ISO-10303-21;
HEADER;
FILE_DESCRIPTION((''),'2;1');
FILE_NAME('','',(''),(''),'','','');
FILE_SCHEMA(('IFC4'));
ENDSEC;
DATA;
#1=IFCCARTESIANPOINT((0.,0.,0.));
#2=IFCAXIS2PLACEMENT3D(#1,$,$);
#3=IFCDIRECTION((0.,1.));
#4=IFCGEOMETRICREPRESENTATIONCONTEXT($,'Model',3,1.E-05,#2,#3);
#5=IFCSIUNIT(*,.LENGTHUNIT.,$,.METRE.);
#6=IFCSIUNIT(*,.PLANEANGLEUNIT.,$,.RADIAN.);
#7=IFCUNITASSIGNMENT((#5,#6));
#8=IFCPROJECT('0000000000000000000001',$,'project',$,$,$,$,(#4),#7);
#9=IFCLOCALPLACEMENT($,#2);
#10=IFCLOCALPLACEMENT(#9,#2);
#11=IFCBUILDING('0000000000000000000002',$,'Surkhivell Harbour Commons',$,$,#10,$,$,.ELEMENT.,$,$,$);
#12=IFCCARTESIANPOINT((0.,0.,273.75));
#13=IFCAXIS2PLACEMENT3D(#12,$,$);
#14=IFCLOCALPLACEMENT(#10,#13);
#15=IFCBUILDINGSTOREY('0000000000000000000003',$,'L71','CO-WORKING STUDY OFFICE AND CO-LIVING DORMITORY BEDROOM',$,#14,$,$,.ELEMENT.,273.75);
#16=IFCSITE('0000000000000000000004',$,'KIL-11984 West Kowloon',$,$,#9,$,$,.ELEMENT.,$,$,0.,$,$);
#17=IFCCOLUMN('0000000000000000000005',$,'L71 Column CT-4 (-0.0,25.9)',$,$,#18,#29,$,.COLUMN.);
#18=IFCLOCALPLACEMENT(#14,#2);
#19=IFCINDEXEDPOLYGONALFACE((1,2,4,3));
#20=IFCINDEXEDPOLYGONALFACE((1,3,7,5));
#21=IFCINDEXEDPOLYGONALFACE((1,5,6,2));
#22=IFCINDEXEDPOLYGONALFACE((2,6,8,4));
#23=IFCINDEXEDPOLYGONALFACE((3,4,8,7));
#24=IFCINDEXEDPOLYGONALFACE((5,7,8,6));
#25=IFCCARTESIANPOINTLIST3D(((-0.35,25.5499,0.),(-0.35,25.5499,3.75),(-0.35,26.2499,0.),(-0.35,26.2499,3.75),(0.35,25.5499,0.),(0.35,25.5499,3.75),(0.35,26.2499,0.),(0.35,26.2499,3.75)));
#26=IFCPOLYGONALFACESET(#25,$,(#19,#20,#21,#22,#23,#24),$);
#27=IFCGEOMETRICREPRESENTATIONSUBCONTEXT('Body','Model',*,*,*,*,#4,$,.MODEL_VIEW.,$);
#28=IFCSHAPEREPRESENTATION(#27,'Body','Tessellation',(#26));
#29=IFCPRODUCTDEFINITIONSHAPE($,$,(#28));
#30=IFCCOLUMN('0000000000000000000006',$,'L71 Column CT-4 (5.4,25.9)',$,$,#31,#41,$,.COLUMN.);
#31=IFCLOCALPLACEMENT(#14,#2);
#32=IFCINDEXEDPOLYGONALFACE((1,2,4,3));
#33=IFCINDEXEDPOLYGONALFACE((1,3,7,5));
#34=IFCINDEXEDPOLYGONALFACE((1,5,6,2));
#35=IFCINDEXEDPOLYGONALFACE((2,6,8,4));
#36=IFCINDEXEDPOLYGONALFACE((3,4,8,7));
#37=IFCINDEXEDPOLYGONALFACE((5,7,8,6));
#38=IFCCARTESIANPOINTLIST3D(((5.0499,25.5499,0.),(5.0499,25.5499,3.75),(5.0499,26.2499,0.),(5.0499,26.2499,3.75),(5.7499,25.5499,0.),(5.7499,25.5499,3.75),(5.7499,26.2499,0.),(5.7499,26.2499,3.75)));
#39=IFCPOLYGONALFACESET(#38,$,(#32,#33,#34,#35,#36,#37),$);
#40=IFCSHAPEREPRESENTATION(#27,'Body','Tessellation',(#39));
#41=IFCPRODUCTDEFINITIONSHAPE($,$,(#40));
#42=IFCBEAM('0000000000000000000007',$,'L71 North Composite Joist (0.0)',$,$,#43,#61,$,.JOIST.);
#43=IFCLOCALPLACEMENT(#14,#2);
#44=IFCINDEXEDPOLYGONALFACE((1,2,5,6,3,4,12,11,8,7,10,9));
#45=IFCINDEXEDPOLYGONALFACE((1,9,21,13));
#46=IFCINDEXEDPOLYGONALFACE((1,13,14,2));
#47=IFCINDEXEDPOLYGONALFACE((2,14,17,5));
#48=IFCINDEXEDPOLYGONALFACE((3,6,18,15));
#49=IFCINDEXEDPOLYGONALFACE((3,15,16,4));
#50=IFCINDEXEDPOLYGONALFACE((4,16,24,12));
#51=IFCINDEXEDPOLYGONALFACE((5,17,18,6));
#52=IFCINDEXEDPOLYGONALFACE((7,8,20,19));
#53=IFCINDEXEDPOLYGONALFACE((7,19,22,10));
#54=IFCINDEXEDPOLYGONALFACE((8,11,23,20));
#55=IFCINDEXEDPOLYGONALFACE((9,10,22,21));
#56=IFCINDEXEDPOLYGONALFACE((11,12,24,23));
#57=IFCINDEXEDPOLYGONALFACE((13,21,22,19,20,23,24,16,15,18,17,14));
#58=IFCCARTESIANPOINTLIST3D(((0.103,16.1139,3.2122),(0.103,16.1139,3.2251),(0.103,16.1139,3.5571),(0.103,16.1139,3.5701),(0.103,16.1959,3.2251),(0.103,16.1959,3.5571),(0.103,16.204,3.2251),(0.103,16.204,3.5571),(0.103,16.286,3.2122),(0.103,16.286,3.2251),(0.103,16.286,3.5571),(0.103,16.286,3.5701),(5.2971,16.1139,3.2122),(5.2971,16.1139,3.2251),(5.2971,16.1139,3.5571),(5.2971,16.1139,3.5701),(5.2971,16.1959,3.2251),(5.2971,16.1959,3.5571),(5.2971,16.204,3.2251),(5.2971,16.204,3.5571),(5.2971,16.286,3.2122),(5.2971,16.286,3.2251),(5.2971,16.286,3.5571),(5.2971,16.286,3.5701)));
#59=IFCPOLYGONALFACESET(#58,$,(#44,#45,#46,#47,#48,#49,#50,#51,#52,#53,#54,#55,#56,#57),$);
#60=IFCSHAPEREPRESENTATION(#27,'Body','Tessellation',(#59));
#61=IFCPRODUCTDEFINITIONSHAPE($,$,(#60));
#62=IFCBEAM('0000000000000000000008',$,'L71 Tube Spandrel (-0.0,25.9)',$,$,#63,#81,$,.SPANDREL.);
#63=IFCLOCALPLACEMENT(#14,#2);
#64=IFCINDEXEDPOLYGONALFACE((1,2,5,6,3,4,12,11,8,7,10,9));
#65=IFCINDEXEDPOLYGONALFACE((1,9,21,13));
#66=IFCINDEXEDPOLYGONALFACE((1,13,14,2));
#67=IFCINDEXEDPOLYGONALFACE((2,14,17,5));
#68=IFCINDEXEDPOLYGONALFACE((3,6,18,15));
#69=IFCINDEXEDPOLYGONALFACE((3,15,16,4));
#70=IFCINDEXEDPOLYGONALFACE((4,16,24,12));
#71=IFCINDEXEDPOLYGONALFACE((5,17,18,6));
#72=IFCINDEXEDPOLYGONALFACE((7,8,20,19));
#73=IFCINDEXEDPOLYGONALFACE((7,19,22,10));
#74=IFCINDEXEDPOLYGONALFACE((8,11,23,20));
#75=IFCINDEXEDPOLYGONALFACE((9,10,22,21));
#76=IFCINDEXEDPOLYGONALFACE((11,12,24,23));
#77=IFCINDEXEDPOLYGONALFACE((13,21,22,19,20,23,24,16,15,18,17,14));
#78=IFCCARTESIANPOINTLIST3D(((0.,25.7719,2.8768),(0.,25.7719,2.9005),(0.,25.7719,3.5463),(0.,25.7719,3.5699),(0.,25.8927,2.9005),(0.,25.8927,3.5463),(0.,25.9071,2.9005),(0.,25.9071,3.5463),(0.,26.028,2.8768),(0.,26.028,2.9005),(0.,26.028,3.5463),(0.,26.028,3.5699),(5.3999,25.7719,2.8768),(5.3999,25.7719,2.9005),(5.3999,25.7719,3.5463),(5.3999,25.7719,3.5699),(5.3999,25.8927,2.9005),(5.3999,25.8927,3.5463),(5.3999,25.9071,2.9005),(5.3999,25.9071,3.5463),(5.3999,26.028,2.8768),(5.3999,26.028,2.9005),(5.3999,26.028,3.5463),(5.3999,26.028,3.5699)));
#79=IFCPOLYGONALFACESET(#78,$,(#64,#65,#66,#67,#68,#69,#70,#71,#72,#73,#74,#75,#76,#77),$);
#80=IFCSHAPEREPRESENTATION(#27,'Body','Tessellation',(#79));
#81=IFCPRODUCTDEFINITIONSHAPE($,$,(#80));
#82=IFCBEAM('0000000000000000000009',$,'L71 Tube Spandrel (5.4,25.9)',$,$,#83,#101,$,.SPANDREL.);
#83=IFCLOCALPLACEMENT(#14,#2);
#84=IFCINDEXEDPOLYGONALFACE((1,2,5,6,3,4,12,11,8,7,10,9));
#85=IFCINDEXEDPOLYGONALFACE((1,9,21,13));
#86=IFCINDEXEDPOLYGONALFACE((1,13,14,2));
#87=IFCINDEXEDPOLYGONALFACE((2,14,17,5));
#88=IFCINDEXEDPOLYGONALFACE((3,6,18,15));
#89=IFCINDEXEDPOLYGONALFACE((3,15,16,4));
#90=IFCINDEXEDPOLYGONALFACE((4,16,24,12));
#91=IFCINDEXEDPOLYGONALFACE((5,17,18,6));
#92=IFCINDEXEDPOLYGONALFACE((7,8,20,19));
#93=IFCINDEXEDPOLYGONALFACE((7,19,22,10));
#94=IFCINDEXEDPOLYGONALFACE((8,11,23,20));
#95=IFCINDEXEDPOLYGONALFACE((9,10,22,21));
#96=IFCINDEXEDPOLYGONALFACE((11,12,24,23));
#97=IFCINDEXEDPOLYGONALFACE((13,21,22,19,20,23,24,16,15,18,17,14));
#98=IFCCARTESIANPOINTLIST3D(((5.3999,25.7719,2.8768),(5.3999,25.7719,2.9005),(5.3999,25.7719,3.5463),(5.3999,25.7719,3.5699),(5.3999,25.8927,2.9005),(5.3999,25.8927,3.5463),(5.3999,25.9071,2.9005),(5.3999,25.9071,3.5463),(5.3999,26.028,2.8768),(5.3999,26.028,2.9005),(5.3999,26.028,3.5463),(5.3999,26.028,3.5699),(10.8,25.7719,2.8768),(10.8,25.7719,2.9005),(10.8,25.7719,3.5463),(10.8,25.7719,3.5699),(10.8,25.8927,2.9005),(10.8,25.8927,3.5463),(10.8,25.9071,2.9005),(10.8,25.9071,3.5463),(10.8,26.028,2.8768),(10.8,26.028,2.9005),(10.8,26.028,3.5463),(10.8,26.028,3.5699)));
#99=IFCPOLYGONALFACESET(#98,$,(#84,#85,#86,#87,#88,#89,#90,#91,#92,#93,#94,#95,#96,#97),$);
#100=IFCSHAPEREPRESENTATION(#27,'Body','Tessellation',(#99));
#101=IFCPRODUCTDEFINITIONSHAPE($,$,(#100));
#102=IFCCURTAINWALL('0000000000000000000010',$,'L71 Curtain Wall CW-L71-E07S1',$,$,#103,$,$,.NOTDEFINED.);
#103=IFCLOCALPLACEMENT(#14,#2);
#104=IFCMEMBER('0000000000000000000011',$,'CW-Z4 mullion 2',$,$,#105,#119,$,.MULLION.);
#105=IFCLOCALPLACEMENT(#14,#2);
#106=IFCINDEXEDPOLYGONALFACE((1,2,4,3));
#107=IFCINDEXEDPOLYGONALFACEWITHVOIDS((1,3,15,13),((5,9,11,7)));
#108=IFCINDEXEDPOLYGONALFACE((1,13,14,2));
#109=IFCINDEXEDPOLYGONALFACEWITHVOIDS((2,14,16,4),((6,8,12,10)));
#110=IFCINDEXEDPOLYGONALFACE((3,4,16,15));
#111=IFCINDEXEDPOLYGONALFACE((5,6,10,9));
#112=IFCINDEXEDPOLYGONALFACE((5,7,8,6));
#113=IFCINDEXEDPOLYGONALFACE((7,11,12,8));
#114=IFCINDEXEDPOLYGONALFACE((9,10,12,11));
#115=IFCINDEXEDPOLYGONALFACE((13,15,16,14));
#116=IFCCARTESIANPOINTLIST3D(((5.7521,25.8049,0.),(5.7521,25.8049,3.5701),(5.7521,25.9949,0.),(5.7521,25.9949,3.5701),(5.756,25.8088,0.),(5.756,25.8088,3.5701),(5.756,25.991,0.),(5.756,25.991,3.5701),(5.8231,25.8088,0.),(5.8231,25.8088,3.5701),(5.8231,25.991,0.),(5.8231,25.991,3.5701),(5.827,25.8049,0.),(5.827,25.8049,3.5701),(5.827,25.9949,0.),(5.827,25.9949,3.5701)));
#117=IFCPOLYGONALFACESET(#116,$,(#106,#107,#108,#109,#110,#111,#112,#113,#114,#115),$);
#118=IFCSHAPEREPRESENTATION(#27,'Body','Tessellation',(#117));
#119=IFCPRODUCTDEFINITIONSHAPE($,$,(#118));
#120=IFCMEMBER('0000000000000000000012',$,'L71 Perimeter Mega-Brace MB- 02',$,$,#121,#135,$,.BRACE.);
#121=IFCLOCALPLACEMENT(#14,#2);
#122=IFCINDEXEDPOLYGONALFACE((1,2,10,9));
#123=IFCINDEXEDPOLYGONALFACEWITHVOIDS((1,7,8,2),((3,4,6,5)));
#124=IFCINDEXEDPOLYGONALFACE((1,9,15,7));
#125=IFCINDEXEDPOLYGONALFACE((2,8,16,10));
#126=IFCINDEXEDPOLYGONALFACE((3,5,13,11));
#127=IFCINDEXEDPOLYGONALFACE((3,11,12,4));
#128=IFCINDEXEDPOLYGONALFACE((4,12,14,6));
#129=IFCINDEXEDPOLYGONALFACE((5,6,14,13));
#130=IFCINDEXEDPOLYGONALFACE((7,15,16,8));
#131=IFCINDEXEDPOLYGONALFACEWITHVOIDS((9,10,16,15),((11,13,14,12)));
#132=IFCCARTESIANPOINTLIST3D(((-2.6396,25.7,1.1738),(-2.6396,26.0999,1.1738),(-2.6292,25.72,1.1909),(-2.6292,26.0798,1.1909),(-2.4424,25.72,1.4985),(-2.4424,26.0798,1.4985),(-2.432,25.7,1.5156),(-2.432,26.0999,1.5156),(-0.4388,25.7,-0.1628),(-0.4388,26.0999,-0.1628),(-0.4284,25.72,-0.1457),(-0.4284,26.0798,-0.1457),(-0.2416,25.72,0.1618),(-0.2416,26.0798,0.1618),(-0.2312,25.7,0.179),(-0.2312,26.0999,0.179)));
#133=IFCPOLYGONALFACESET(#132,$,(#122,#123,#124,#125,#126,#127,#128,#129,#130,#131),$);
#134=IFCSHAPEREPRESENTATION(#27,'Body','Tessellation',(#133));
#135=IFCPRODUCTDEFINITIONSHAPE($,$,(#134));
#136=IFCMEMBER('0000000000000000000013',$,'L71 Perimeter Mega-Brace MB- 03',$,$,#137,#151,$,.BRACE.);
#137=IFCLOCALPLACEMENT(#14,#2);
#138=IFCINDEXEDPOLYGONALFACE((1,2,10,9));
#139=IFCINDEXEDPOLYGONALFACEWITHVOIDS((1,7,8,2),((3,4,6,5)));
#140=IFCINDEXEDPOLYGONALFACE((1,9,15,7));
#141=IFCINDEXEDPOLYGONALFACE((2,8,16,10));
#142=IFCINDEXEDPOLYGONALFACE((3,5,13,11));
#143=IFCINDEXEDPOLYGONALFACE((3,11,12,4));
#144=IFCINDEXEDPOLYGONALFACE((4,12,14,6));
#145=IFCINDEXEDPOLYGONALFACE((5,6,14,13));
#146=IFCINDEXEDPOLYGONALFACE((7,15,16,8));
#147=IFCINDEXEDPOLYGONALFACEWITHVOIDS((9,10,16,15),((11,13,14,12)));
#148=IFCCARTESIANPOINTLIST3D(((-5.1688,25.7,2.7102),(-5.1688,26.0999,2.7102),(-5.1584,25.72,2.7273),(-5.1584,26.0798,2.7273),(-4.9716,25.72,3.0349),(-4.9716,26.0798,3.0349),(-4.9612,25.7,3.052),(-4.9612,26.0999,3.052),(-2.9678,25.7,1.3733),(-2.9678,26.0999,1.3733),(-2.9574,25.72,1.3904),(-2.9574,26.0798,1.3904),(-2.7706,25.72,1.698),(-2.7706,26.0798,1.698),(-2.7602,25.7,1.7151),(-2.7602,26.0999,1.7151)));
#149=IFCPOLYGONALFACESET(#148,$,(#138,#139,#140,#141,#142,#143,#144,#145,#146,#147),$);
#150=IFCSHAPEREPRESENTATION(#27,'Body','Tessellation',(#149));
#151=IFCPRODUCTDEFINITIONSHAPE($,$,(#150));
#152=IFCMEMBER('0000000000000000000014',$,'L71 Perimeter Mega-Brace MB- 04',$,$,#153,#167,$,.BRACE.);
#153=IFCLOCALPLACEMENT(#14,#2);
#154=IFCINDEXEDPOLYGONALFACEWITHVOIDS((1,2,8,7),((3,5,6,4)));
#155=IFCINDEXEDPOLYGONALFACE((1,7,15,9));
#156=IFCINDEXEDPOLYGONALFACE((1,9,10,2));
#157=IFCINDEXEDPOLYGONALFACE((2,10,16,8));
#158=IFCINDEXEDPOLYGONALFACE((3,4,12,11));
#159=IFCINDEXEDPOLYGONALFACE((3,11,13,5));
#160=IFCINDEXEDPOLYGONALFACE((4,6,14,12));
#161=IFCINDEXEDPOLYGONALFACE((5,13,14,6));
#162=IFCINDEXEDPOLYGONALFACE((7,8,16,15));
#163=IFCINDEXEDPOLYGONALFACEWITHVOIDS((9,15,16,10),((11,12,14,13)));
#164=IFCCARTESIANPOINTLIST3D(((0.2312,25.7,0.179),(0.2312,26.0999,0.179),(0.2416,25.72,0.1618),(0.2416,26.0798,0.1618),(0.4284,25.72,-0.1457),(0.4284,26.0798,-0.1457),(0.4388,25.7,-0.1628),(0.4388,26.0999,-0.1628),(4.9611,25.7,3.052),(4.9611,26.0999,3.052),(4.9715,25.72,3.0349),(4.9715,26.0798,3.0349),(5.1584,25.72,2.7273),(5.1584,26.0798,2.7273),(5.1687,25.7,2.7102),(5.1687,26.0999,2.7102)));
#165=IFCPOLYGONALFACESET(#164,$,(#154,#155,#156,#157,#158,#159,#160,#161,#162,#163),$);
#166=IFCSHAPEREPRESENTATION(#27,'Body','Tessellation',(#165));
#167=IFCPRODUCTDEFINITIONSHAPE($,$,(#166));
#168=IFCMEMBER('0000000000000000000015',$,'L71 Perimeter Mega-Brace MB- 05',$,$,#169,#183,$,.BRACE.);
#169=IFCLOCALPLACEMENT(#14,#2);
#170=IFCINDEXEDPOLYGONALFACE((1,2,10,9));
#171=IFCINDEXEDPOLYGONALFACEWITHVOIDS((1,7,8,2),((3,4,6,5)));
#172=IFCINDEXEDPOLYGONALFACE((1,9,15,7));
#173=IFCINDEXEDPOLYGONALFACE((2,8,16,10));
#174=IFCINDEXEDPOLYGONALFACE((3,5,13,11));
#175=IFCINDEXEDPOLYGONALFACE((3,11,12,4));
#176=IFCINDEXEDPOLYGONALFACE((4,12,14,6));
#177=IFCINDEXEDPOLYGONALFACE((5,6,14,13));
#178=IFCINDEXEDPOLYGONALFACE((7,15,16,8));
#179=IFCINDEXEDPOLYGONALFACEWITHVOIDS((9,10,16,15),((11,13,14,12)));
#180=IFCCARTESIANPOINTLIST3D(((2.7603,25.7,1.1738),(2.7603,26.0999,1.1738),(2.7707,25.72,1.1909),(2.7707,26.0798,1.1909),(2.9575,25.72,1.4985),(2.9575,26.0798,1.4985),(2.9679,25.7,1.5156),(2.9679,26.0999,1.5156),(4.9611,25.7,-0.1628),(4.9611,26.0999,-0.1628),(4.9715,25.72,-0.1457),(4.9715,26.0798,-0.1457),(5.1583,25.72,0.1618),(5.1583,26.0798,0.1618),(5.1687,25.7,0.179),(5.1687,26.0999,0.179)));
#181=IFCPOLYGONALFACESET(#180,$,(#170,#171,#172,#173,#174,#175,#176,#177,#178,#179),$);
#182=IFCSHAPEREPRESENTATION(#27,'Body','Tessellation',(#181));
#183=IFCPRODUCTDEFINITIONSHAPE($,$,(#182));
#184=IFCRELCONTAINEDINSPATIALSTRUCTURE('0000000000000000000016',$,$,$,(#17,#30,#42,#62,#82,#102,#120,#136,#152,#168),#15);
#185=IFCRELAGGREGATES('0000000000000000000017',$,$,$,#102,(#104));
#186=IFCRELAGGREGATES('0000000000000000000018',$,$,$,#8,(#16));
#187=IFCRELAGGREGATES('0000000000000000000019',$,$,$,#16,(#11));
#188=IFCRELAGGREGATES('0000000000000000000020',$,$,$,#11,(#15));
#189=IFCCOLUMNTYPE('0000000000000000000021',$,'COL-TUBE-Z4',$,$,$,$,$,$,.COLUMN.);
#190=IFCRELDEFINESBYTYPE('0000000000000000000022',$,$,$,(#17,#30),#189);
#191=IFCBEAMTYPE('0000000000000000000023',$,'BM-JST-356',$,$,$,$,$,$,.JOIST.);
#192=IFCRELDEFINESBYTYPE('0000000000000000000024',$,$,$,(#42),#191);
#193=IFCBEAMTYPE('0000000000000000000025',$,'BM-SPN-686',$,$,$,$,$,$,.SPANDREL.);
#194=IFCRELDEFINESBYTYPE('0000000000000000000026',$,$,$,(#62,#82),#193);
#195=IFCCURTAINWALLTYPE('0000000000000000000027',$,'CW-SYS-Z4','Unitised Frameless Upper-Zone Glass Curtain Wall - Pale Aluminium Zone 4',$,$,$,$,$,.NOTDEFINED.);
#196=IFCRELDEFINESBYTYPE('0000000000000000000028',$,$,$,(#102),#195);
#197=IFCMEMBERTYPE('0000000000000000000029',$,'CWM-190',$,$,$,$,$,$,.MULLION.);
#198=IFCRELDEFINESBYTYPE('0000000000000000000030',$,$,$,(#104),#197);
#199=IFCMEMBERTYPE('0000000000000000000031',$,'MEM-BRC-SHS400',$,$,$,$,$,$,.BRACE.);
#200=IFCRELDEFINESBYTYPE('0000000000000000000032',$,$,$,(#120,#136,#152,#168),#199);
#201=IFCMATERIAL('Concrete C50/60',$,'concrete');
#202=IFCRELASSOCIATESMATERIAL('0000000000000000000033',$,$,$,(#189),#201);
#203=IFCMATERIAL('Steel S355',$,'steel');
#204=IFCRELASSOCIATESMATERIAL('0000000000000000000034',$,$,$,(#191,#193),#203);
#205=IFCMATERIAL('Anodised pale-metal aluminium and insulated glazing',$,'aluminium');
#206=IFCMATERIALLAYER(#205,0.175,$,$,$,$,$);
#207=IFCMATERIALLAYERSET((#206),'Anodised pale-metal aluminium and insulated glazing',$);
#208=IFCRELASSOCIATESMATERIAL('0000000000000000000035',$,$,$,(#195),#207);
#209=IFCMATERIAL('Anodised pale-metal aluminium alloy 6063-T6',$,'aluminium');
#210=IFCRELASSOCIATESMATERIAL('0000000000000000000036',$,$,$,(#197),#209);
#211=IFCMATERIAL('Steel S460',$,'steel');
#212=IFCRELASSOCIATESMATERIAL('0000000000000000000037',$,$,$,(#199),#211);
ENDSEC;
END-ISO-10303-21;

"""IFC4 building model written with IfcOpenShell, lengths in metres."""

from ifc_helpers import new_model, si_unit, direction, frame, origin, origin_2d, place, context, subcontext, project, spatial, rectangle, hollow_rectangle, i_section, extrude, material, layer, layer_set, material_profile, profile_set, type_object, element, aggregate, save


model = new_model("IFC4")

# Units and contexts
model_context = context("Model", 3, precision=1e-05, world=origin(), true_north=direction((0.0, 1.0)))
body_context = subcontext(model_context, "Body", "Model", "MODEL_VIEW")
ifc_project = project(units=[si_unit("LENGTHUNIT", "METRE"), si_unit("PLANEANGLEUNIT", "RADIAN")], contexts=[model_context])

# Site, building, storey
site_placement = place(None, origin())
site = spatial("IfcSite", under=ifc_project, at=site_placement, Name="KIL-11984 West Kowloon", CompositionType="ELEMENT", RefElevation=0.0)
building_placement = place(site_placement, origin())
building = spatial("IfcBuilding", under=site, at=building_placement, Name="Surkhivell Harbour Commons", CompositionType="ELEMENT")
storey_placement = place(building_placement, frame((0.0, 0.0, 273.75)))
storey = spatial("IfcBuildingStorey", under=building, at=storey_placement, Name="L71", Description="CO-WORKING STUDY OFFICE AND CO-LIVING DORMITORY BEDROOM", CompositionType="ELEMENT", Elevation=273.75)

# Columns
ifc_material_1 = material(Name="Concrete C50/60", Category="concrete")
ifc_material_profile_1 = material_profile(ifc_material_1, rectangle(XDim=0.7, YDim=0.7, at=origin_2d()), Name="RC-COL-700x700")
ifc_profile_set_1 = profile_set([ifc_material_profile_1], Name="Concrete C50/60")
column_type = type_object("IfcColumnType", Name="COL-TUBE-Z4", PredefinedType="COLUMN", material=ifc_profile_set_1)
for number, where, z_axis, x_axis, name in (
    (1, (0.0, 25.8999, 0.0), (0.0, 0.0, 1.0), (1.0, 0.0, 0.0), "L71 Column CT-4 (-0.0,25.9)"),
    (2, (5.3999, 25.8999, 0.0), (0.0, 0.0, 1.0), (1.0, 0.0, 0.0), "L71 Column CT-4 (5.4,25.9)"),
):
    element("IfcColumn", number, at=place(storey_placement, frame(where, z_axis=z_axis, x_axis=x_axis)), inside=storey, type_object=column_type, Name=name, PredefinedType="COLUMN", context=body_context, shape_type="SweptSolid", body=[
        extrude(rectangle(XDim=0.7, YDim=0.7, at=origin_2d()), origin(), (0.0, 0.0, 1.0), 3.75),
    ])

# Beams
ifc_material_2 = material(Name="Steel S355", Category="steel")
ifc_material_profile_2 = material_profile(ifc_material_2, i_section(OverallWidth=0.1721, OverallDepth=0.3579, WebThickness=0.0081, FlangeThickness=0.0129, at=origin_2d()), Name="UB356x171x57")
ifc_profile_set_2 = profile_set([ifc_material_profile_2], Name="Steel S355")
beam_type_1 = type_object("IfcBeamType", Name="BM-JST-356", PredefinedType="JOIST", material=ifc_profile_set_2)
beam_1_placement = place(storey_placement, frame((0.103, 16.2, 3.3911), z_axis=(1.0, 0.0, 0.0), x_axis=(0.0, 1.0, 0.0)))
element("IfcBeam", 3, at=beam_1_placement, inside=storey, type_object=beam_type_1, Name="L71 North Composite Joist (0.0)", PredefinedType="JOIST", context=body_context, shape_type="SweptSolid", body=[
    extrude(i_section(OverallWidth=0.1721, OverallDepth=0.3579, WebThickness=0.0081, FlangeThickness=0.0129, at=origin_2d()), origin(), (0.0, 0.0, 1.0), 5.1941),
])
ifc_material_profile_3 = material_profile(ifc_material_2, i_section(OverallWidth=0.2561, OverallDepth=0.6931, WebThickness=0.0144, FlangeThickness=0.0237, at=origin_2d()), Name="UB686x254x170")
ifc_profile_set_3 = profile_set([ifc_material_profile_3], Name="Steel S355")
beam_type_2 = type_object("IfcBeamType", Name="BM-SPN-686", PredefinedType="SPANDREL", material=ifc_profile_set_3)
beam_2_placement = place(storey_placement, frame((0.0, 25.8999, 3.2234), z_axis=(1.0, 0.0, 0.0), x_axis=(0.0, 1.0, 0.0)))
element("IfcBeam", 4, at=beam_2_placement, inside=storey, type_object=beam_type_2, Name="L71 Tube Spandrel (-0.0,25.9)", PredefinedType="SPANDREL", context=body_context, shape_type="SweptSolid", body=[
    extrude(i_section(OverallWidth=0.2561, OverallDepth=0.6931, WebThickness=0.0144, FlangeThickness=0.0237, at=origin_2d()), origin(), (0.0, 0.0, 1.0), 5.3999),
])
beam_3_placement = place(storey_placement, frame((5.3999, 25.8999, 3.2234), z_axis=(1.0, 0.0, 0.0), x_axis=(0.0, 1.0, 0.0)))
element("IfcBeam", 5, at=beam_3_placement, inside=storey, type_object=beam_type_2, Name="L71 Tube Spandrel (5.4,25.9)", PredefinedType="SPANDREL", context=body_context, shape_type="SweptSolid", body=[
    extrude(i_section(OverallWidth=0.2561, OverallDepth=0.6931, WebThickness=0.0144, FlangeThickness=0.0237, at=origin_2d()), origin(), (0.0, 0.0, 1.0), 5.4001),
])

# Curtain wall, member
ifc_material_3 = material(Name="Anodised pale-metal aluminium and insulated glazing", Category="aluminium")
ifc_layer_1 = layer(ifc_material_3, 0.175)
ifc_layer_set_1 = layer_set([ifc_layer_1], Name="Anodised pale-metal aluminium and insulated glazing")
curtain_wall_type = type_object("IfcCurtainWallType", Name="CW-SYS-Z4", Description="Unitised Frameless Upper-Zone Glass Curtain Wall - Pale Aluminium Zone 4", PredefinedType="NOTDEFINED", material=ifc_layer_set_1)
curtain_wall_placement = place(storey_placement, origin())
curtain_wall = element("IfcCurtainWall", 6, at=curtain_wall_placement, inside=storey, type_object=curtain_wall_type, Name="L71 Curtain Wall CW-L71-E07S1", PredefinedType="NOTDEFINED")
ifc_material_4 = material(Name="Anodised pale-metal aluminium alloy 6063-T6", Category="aluminium")
ifc_material_profile_4 = material_profile(ifc_material_4, hollow_rectangle(XDim=0.075, YDim=0.1899, WallThickness=0.0039, at=origin_2d()), Name="ALU-MULL-75x190")
ifc_profile_set_4 = profile_set([ifc_material_profile_4], Name="Anodised pale-metal aluminium alloy 6063-T6")
member_type_1 = type_object("IfcMemberType", Name="CWM-190", PredefinedType="MULLION", material=ifc_profile_set_4)
member_1_placement = place(storey_placement, frame((5.7896, 25.8999, 0.0), z_axis=(0.0, 0.0, 1.0), x_axis=(-1.0, 0.0, 0.0)))
member_1 = element("IfcMember", 7, at=member_1_placement, type_object=member_type_1, Name="CW-Z4 mullion 2", PredefinedType="MULLION", context=body_context, shape_type="SweptSolid", body=[
    extrude(hollow_rectangle(XDim=0.075, YDim=0.1899, WallThickness=0.0039, at=origin_2d()), origin(), (0.0, 0.0, 1.0), 3.5701),
])
aggregate(curtain_wall, [member_1])

# Members
ifc_material_5 = material(Name="Steel S460", Category="steel")
ifc_material_profile_5 = material_profile(ifc_material_5, hollow_rectangle(XDim=0.3999, YDim=0.3999, WallThickness=0.02, at=origin_2d()), Name="SHS400x400x20")
ifc_profile_set_5 = profile_set([ifc_material_profile_5], Name="Steel S460")
member_type_2 = type_object("IfcMemberType", Name="MEM-BRC-SHS400", PredefinedType="BRACE", material=ifc_profile_set_5)
member_2_placement = place(storey_placement, frame((-0.335, 25.8999, 0.0081), z_axis=(-0.85472, 0.0, 0.519089), x_axis=(0.0, -1.0, 0.0)))
element("IfcMember", 8, at=member_2_placement, inside=storey, type_object=member_type_2, Name="L71 Perimeter Mega-Brace MB- 02", PredefinedType="BRACE", context=body_context, shape_type="SweptSolid", body=[
    extrude(hollow_rectangle(XDim=0.3999, YDim=0.3999, WallThickness=0.02, at=origin_2d()), origin(), (0.0, 0.0, 1.0), 2.575),
])
member_3_placement = place(storey_placement, frame((-2.864, 25.8999, 1.5442), z_axis=(-0.854678, 0.0, 0.519159), x_axis=(0.0, -1.0, 0.0)))
element("IfcMember", 9, at=member_3_placement, inside=storey, type_object=member_type_2, Name="L71 Perimeter Mega-Brace MB- 03", PredefinedType="BRACE", context=body_context, shape_type="SweptSolid", body=[
    extrude(hollow_rectangle(XDim=0.3999, YDim=0.3999, WallThickness=0.02, at=origin_2d()), origin(), (0.0, 0.0, 1.0), 2.5752),
])
member_4_placement = place(storey_placement, frame((0.335, 25.8999, 0.0081), z_axis=(0.854685, 0.0, 0.519146), x_axis=(0.0, 1.0, 0.0)))
element("IfcMember", 10, at=member_4_placement, inside=storey, type_object=member_type_2, Name="L71 Perimeter Mega-Brace MB- 04", PredefinedType="BRACE", context=body_context, shape_type="SweptSolid", body=[
    extrude(hollow_rectangle(XDim=0.3999, YDim=0.3999, WallThickness=0.02, at=origin_2d()), origin(), (0.0, 0.0, 1.0), 5.5342),
])
member_5_placement = place(storey_placement, frame((5.0649, 25.8999, 0.0081), z_axis=(-0.85472, 0.0, 0.519089), x_axis=(0.0, -1.0, 0.0)))
element("IfcMember", 11, at=member_5_placement, inside=storey, type_object=member_type_2, Name="L71 Perimeter Mega-Brace MB- 05", PredefinedType="BRACE", context=body_context, shape_type="SweptSolid", body=[
    extrude(hollow_rectangle(XDim=0.3999, YDim=0.3999, WallThickness=0.02, at=origin_2d()), origin(), (0.0, 0.0, 1.0), 2.575),
])

save(model, "model.ifc")
